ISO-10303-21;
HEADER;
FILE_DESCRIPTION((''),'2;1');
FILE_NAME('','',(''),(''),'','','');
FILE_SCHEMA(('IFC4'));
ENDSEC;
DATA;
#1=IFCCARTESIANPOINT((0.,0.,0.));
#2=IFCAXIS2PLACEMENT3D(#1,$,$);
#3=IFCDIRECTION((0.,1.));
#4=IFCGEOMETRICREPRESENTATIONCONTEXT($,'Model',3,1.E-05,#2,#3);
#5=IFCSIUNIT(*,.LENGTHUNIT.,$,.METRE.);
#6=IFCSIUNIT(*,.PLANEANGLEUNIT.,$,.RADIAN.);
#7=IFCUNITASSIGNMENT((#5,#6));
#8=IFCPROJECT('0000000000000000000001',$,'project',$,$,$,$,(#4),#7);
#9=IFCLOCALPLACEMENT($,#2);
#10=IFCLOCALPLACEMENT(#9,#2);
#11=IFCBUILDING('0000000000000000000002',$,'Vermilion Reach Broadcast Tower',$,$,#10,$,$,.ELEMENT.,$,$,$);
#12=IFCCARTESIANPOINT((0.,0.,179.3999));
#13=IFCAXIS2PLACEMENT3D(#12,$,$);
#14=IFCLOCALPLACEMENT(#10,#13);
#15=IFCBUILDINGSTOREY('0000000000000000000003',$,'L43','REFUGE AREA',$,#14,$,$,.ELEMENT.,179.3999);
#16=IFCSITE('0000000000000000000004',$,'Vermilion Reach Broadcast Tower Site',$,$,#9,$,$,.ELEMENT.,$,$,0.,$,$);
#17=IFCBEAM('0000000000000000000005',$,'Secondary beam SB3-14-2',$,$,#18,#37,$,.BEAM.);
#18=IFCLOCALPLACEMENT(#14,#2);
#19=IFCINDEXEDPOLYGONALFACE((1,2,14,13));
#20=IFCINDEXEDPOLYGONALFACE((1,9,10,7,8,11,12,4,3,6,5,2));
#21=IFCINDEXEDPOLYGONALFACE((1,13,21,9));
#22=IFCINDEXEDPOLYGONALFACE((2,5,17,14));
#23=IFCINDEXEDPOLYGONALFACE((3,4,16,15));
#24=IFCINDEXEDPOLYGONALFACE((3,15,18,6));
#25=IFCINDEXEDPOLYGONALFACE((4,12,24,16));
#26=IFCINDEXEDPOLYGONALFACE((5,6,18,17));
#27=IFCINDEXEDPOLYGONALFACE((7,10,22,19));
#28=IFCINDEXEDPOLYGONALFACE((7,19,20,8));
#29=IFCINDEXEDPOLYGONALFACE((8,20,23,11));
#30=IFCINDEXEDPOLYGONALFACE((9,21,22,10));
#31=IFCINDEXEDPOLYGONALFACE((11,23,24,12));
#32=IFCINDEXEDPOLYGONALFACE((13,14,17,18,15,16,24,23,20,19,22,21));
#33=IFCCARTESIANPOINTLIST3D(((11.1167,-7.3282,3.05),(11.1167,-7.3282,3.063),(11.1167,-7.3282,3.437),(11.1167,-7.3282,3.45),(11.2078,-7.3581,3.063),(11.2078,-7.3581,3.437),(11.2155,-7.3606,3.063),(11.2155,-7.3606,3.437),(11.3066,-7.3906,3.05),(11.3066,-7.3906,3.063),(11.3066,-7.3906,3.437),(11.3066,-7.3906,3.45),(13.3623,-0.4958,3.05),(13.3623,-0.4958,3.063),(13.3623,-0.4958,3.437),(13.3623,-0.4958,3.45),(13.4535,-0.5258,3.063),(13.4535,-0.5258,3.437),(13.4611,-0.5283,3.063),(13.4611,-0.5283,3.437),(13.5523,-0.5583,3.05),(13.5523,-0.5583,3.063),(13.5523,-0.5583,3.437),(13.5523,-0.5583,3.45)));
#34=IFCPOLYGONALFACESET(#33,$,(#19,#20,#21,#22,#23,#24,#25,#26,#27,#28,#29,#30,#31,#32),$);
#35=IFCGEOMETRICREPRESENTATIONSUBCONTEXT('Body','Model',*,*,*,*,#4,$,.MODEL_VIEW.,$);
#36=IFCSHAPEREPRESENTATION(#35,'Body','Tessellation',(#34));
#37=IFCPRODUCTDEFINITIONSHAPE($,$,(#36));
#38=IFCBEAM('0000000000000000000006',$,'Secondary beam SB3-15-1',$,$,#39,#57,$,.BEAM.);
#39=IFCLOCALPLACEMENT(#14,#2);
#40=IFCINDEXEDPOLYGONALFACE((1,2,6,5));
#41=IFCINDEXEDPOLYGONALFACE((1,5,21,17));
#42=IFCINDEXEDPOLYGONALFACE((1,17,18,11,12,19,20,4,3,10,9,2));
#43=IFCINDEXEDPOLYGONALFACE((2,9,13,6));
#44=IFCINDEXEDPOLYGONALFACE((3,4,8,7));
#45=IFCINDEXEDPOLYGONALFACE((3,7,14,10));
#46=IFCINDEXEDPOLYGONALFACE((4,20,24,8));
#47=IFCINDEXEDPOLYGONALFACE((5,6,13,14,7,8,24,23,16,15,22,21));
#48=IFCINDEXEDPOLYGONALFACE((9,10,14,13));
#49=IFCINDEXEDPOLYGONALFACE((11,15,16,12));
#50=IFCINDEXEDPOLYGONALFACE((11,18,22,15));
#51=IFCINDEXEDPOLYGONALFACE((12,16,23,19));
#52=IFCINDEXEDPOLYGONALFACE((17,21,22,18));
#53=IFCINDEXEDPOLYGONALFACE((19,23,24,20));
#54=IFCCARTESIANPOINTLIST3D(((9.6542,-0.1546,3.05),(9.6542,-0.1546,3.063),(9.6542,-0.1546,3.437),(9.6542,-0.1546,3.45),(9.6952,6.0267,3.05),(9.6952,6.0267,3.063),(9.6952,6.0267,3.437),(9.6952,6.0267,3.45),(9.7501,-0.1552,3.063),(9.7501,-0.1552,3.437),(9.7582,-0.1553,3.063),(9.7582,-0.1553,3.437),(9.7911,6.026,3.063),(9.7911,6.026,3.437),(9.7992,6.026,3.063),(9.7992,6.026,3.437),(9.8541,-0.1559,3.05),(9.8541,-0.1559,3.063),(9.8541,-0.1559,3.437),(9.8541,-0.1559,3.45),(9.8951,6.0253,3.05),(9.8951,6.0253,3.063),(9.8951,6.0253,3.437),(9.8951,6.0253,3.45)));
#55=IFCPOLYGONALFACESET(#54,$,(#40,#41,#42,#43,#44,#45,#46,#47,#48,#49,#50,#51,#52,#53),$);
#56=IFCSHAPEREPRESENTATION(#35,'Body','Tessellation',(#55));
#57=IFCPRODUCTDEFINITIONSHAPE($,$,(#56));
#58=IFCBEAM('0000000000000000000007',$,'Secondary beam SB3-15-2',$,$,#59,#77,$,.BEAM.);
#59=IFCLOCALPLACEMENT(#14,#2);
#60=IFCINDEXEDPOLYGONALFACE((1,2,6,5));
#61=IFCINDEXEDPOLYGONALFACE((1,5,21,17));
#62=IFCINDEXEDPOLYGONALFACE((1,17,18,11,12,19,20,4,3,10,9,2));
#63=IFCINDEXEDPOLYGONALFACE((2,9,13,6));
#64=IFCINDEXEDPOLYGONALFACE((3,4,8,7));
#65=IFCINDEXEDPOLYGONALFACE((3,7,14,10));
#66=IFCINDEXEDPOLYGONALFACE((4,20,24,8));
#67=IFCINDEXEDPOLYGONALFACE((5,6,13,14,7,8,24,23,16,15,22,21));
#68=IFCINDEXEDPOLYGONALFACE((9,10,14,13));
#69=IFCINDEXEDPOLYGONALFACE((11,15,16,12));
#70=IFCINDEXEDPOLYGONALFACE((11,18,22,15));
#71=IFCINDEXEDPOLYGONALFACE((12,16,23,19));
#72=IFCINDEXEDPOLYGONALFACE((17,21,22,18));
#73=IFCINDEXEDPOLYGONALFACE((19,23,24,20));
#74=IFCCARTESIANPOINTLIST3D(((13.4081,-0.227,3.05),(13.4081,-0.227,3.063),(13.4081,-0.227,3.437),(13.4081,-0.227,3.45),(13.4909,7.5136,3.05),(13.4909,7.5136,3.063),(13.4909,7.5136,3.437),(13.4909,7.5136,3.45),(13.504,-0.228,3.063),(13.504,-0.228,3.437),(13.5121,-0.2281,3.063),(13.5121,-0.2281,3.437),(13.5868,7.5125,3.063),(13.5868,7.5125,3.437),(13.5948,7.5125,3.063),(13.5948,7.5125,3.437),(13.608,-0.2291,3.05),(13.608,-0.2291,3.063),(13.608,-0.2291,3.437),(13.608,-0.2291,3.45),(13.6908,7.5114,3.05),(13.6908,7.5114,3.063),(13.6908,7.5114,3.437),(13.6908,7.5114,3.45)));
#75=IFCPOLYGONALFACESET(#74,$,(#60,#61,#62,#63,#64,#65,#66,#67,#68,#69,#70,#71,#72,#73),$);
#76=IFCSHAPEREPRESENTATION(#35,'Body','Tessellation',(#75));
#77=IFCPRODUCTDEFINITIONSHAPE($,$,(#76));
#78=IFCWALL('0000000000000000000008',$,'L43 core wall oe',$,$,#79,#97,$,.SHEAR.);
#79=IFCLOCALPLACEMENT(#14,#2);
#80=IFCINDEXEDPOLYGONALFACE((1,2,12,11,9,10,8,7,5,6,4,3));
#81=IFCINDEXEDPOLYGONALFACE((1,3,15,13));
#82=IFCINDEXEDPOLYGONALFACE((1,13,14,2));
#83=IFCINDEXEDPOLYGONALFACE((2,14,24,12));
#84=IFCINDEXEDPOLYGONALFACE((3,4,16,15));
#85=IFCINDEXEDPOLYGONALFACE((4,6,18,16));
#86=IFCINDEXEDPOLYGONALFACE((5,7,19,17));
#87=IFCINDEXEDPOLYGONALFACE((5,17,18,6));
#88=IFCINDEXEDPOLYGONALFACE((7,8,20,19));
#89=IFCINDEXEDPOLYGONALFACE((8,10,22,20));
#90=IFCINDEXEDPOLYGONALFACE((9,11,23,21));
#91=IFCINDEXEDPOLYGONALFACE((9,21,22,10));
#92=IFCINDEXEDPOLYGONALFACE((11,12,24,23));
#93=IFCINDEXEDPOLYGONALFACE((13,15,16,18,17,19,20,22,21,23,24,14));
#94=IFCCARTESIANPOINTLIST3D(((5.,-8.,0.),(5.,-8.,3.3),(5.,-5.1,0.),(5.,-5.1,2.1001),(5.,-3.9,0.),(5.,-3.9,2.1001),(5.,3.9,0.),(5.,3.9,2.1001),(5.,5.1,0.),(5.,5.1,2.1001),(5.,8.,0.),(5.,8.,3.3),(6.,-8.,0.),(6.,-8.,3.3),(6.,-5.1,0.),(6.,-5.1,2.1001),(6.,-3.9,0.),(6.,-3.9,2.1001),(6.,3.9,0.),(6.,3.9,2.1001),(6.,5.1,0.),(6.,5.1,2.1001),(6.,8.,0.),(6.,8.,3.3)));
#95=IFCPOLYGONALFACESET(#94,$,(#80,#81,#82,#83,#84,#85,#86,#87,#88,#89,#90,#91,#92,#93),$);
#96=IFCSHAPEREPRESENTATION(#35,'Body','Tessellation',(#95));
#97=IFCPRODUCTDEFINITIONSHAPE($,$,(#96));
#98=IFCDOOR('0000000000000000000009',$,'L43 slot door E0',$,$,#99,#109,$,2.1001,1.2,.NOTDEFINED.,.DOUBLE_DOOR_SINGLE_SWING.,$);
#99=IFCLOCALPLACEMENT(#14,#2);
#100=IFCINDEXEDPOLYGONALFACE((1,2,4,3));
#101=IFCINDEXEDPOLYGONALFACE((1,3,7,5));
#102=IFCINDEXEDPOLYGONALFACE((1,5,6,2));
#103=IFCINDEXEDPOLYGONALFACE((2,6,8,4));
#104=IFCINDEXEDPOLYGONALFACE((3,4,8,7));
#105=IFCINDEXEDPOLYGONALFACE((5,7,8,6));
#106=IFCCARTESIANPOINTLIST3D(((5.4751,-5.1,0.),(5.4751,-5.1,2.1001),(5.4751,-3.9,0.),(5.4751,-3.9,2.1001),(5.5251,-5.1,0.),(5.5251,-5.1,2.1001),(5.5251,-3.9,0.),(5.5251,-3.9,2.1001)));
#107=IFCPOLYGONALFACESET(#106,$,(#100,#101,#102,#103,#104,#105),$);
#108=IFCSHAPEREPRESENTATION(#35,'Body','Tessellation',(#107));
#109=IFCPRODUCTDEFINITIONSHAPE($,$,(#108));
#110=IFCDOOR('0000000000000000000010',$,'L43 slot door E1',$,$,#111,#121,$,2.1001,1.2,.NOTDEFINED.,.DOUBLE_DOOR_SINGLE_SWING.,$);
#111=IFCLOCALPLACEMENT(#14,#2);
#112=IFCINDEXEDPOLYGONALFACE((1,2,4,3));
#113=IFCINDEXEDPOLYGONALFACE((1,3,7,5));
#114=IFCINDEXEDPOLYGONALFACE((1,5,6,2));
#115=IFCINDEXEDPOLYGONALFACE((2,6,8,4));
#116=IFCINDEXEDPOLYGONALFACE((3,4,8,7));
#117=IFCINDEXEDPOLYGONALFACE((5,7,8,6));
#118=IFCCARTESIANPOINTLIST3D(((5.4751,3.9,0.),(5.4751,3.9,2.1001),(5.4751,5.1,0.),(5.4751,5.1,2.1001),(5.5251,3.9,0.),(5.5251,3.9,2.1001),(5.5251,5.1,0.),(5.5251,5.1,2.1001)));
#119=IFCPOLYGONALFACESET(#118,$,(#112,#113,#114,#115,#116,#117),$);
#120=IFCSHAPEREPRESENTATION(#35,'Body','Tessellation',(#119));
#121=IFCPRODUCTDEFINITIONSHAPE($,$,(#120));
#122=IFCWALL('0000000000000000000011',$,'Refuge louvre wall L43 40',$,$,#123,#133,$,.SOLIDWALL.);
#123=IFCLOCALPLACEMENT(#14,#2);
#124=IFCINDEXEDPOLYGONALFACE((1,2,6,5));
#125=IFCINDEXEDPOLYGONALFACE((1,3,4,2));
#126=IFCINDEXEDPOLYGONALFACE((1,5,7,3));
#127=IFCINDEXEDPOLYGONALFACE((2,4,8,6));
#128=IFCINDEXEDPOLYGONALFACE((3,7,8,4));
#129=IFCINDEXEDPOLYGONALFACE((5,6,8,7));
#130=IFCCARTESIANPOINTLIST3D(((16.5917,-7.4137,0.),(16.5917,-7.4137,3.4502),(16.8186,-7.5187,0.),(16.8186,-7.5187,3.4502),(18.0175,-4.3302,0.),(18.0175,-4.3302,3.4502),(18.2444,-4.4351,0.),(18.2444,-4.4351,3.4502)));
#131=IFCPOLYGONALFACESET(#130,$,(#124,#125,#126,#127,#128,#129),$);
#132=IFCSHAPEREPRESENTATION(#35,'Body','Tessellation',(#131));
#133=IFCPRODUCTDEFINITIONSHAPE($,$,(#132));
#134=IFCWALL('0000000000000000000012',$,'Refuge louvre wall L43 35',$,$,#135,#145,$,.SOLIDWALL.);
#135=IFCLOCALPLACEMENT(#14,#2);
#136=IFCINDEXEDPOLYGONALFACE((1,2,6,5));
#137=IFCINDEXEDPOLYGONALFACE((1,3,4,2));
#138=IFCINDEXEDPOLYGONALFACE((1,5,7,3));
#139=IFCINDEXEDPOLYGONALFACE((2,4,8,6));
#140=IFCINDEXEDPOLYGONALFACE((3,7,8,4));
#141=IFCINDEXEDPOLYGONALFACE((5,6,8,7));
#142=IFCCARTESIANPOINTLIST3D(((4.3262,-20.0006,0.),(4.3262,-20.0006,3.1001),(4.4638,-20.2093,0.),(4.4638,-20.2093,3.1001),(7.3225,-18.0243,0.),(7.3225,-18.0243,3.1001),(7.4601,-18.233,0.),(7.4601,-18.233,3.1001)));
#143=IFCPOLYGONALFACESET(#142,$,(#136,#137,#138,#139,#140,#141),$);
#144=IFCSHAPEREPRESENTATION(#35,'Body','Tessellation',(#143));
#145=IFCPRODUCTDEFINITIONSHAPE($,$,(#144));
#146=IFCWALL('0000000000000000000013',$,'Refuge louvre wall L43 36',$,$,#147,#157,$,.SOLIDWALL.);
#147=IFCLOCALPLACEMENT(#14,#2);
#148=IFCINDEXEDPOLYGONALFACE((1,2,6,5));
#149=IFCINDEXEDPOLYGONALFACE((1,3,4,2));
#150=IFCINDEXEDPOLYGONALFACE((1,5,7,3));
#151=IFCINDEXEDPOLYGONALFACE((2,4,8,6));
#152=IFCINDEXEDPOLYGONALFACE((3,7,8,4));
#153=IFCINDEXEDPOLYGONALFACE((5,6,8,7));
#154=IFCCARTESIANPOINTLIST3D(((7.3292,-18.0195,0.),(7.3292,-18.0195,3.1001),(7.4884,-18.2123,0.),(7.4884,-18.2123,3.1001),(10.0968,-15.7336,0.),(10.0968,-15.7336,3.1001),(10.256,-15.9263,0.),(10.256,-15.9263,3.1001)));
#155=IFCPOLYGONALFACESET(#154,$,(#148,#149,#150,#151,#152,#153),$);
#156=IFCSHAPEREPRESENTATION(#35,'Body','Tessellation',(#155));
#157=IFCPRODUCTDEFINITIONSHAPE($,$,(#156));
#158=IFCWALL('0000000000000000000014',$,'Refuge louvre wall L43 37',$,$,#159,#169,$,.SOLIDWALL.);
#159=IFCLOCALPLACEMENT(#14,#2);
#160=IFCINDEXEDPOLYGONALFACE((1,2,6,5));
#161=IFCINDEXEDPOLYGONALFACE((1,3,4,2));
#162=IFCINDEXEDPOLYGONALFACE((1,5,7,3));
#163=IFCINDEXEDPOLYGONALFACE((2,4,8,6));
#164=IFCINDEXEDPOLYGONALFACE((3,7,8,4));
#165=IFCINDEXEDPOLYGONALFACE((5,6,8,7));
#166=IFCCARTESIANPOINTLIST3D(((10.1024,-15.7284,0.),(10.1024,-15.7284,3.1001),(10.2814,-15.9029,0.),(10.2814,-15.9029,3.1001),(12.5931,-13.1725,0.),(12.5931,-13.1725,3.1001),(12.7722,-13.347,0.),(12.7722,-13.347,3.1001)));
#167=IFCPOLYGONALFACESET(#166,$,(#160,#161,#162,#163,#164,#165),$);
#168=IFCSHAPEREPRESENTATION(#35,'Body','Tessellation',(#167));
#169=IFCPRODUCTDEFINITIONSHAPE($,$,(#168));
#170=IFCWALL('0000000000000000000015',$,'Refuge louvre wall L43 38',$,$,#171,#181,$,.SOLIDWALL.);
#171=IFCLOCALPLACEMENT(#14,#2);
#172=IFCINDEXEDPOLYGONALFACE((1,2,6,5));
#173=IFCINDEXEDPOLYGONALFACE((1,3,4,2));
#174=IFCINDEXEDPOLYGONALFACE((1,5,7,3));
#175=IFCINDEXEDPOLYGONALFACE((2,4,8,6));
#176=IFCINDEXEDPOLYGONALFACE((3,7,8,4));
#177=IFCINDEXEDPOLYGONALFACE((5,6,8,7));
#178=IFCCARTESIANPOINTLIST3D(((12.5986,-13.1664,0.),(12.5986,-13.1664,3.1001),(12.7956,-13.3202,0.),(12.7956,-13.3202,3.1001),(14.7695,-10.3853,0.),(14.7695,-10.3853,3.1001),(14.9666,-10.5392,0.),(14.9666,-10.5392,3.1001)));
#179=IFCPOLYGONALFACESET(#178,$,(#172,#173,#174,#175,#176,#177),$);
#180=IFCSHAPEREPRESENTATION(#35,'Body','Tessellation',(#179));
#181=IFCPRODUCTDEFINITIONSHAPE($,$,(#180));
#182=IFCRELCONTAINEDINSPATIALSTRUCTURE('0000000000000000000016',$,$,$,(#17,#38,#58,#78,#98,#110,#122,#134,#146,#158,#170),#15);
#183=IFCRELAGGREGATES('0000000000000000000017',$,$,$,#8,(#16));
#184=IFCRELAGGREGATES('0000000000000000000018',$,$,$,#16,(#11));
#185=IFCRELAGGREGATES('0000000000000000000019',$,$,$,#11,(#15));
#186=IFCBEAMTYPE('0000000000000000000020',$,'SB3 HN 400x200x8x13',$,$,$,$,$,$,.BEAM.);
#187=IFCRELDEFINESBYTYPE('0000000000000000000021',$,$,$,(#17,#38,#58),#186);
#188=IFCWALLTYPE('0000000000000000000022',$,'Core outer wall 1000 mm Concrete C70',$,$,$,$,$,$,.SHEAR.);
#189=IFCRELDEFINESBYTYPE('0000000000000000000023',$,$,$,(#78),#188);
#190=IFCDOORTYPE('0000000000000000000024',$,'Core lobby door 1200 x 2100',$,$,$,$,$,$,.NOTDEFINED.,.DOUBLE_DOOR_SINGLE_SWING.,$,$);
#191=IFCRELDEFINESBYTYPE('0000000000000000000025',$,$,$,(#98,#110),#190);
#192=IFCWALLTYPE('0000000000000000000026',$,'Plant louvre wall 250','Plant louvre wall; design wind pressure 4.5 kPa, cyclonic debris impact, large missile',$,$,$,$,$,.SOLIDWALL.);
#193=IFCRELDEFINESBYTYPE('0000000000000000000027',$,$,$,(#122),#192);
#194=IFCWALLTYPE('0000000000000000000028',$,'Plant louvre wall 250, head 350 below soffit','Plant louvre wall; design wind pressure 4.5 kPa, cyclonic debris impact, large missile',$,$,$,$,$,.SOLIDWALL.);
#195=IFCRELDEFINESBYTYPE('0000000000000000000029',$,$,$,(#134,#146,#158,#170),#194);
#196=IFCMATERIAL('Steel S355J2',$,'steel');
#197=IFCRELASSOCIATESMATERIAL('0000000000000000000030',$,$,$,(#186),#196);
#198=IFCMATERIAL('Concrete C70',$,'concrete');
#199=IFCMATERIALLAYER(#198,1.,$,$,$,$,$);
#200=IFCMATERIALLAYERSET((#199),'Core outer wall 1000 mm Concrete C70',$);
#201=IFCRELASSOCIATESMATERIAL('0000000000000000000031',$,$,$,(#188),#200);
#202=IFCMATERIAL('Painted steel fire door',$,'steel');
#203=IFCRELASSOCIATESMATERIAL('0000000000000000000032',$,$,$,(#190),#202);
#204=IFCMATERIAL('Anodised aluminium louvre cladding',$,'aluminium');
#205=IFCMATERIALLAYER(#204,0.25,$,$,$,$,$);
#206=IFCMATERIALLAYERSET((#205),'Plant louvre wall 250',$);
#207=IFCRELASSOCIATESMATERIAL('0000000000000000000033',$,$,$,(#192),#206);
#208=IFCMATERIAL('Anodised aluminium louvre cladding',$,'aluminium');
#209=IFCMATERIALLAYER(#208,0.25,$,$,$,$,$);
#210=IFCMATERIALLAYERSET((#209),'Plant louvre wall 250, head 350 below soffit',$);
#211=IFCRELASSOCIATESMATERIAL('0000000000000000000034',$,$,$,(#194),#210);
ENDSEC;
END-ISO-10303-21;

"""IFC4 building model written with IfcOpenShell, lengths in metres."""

from ifc_helpers import new_model, si_unit, direction, frame, frame_2d, origin, origin_2d, place, context, subcontext, project, spatial, rectangle, i_section, extrude, material, layer, layer_set, material_profile, profile_set, type_object, element, fill, save


model = new_model("IFC4")

# Units and contexts
model_context = context("Model", 3, precision=1e-05, world=origin(), true_north=direction((0.0, 1.0)))
body_context = subcontext(model_context, "Body", "Model", "MODEL_VIEW")
ifc_project = project(units=[si_unit("LENGTHUNIT", "METRE"), si_unit("PLANEANGLEUNIT", "RADIAN")], contexts=[model_context])

# Site, building, storey
site_placement = place(None, origin())
site = spatial("IfcSite", under=ifc_project, at=site_placement, Name="Vermilion Reach Broadcast Tower Site", CompositionType="ELEMENT", RefElevation=0.0)
building_placement = place(site_placement, origin())
building = spatial("IfcBuilding", under=site, at=building_placement, Name="Vermilion Reach Broadcast Tower", CompositionType="ELEMENT")
storey_placement = place(building_placement, frame((0.0, 0.0, 179.3999)))
storey = spatial("IfcBuildingStorey", under=building, at=storey_placement, Name="L43", Description="REFUGE AREA", CompositionType="ELEMENT", Elevation=179.3999)

# Beams
ifc_material_1 = material(Name="Steel S355J2", Category="steel")
ifc_material_profile_1 = material_profile(ifc_material_1, i_section(OverallWidth=0.2, OverallDepth=0.3999, WebThickness=0.0081, FlangeThickness=0.0129, at=origin_2d()), Name="S355J2 HN 400x200x8x13")
ifc_profile_set_1 = profile_set([ifc_material_profile_1], Name="Steel S355J2")
beam_type_1 = type_object("IfcBeamType", Name="SB3 HN 400x200x8x13", PredefinedType="BEAM", material=ifc_profile_set_1)
beam_1_placement = place(storey_placement, frame((11.2117, -7.3594, 3.25), z_axis=(0.312243, 0.950002, 0.0), x_axis=(-0.950002, 0.312243, 0.0)))
element("IfcBeam", 1, at=beam_1_placement, inside=storey, type_object=beam_type_1, Name="Secondary beam SB3-14-2", PredefinedType="BEAM", context=body_context, shape_type="SweptSolid", body=[
    extrude(i_section(OverallWidth=0.2, OverallDepth=0.3999, WebThickness=0.0081, FlangeThickness=0.0129, at=origin_2d()), origin(), (0.0, 0.0, 1.0), 7.1919),
])
beam_2_placement = place(storey_placement, frame((9.7542, -0.1553, 3.25), z_axis=(0.006635, 0.999978, 0.0), x_axis=(-0.999978, 0.006635, 0.0)))
element("IfcBeam", 2, at=beam_2_placement, inside=storey, type_object=beam_type_1, Name="Secondary beam SB3-15-1", PredefinedType="BEAM", context=body_context, shape_type="SweptSolid", body=[
    extrude(i_section(OverallWidth=0.2, OverallDepth=0.3999, WebThickness=0.0081, FlangeThickness=0.0129, at=origin_2d()), origin(), (0.0, 0.0, 1.0), 6.1814),
])
beam_3_placement = place(storey_placement, frame((13.5081, -0.228, 3.25), z_axis=(0.010692, 0.999943, 0.0), x_axis=(-0.999943, 0.010692, 0.0)))
element("IfcBeam", 3, at=beam_3_placement, inside=storey, type_object=beam_type_1, Name="Secondary beam SB3-15-2", PredefinedType="BEAM", context=body_context, shape_type="SweptSolid", body=[
    extrude(i_section(OverallWidth=0.2, OverallDepth=0.3999, WebThickness=0.0081, FlangeThickness=0.0129, at=origin_2d()), origin(), (0.0, 0.0, 1.0), 7.741),
])

# Wall, openings, doors
ifc_material_2 = material(Name="Concrete C70", Category="concrete")
ifc_layer_1 = layer(ifc_material_2, 1.0)
ifc_layer_set_1 = layer_set([ifc_layer_1], Name="Core outer wall 1000 mm Concrete C70")
wall_type_1 = type_object("IfcWallType", Name="Core outer wall 1000 mm Concrete C70", PredefinedType="SHEAR", material=ifc_layer_set_1)
wall_1_placement = place(storey_placement, frame((5.5, -8.0, 0.0), z_axis=(0.0, 0.0, 1.0), x_axis=(0.0, 1.0, 0.0)))
wall_1 = element("IfcWall", 4, at=wall_1_placement, inside=storey, type_object=wall_type_1, Name="L43 core wall oe", PredefinedType="SHEAR", context=body_context, shape_type="SweptSolid", body=[
    extrude(rectangle(XDim=16.0, YDim=1.0, at=frame_2d((8.0, 0.0))), origin(), (0.0, 0.0, 1.0), 3.3),
])
opening_1_placement = place(wall_1_placement, frame((2.8999, 0.0, 0.0)))
opening_1 = element("IfcOpeningElement", 5, at=opening_1_placement, cuts=wall_1, PredefinedType="OPENING", context=body_context, shape_type="SweptSolid", body=[
    extrude(rectangle(XDim=1.2, YDim=2.1001, at=frame_2d((0.6001, 1.05))), frame((0.0, 0.51, 0.0), z_axis=(0.0, -1.0, 0.0), x_axis=(1.0, 0.0, 0.0)), (0.0, 0.0, 1.0), 1.02),
])
opening_2_placement = place(wall_1_placement, frame((11.8999, 0.0, 0.0)))
opening_2 = element("IfcOpeningElement", 6, at=opening_2_placement, cuts=wall_1, PredefinedType="OPENING", context=body_context, shape_type="SweptSolid", body=[
    extrude(rectangle(XDim=1.2, YDim=2.1001, at=frame_2d((0.6001, 1.05))), frame((0.0, 0.51, 0.0), z_axis=(0.0, -1.0, 0.0), x_axis=(1.0, 0.0, 0.0)), (0.0, 0.0, 1.0), 1.02),
])
ifc_material_3 = material(Name="Painted steel fire door", Category="steel")
door_type = type_object("IfcDoorType", Name="Core lobby door 1200 x 2100", OperationType="DOUBLE_DOOR_SINGLE_SWING", PredefinedType="NOTDEFINED", material=ifc_material_3)
door_1_placement = place(opening_1_placement, origin())
door_1 = element("IfcDoor", 7, at=door_1_placement, inside=storey, type_object=door_type, Name="L43 slot door E0", OperationType="DOUBLE_DOOR_SINGLE_SWING", OverallHeight=2.1001, OverallWidth=1.2, PredefinedType="NOTDEFINED", context=body_context, shape_type="SweptSolid", body=[
    extrude(rectangle(XDim=1.2, YDim=2.1001, at=frame_2d((0.6001, 1.05))), frame((0.0, 0.0249, 0.0), z_axis=(0.0, -1.0, 0.0), x_axis=(1.0, 0.0, 0.0)), (0.0, 0.0, 1.0), 0.05),
])
fill(opening_1, door_1)
door_2_placement = place(opening_2_placement, origin())
door_2 = element("IfcDoor", 8, at=door_2_placement, inside=storey, type_object=door_type, Name="L43 slot door E1", OperationType="DOUBLE_DOOR_SINGLE_SWING", OverallHeight=2.1001, OverallWidth=1.2, PredefinedType="NOTDEFINED", context=body_context, shape_type="SweptSolid", body=[
    extrude(rectangle(XDim=1.2, YDim=2.1001, at=frame_2d((0.6001, 1.05))), frame((0.0, 0.0249, 0.0), z_axis=(0.0, -1.0, 0.0), x_axis=(1.0, 0.0, 0.0)), (0.0, 0.0, 1.0), 0.05),
])
fill(opening_2, door_2)

# Walls
ifc_material_4 = material(Name="Anodised aluminium louvre cladding", Category="aluminium")
ifc_layer_2 = layer(ifc_material_4, 0.25)
ifc_layer_set_2 = layer_set([ifc_layer_2], Name="Plant louvre wall 250")
wall_type_2 = type_object("IfcWallType", Name="Plant louvre wall 250", Description="Plant louvre wall; design wind pressure 4.5 kPa, cyclonic debris impact, large missile", PredefinedType="SOLIDWALL", material=ifc_layer_set_2)
wall_2_placement = place(storey_placement, frame((16.7051, -7.4663, 0.0), z_axis=(0.0, 0.0, 1.0), x_axis=(0.419696, 0.907665, 0.0)))
element("IfcWall", 9, at=wall_2_placement, inside=storey, type_object=wall_type_2, Name="Refuge louvre wall L43 40", PredefinedType="SOLIDWALL", context=body_context, shape_type="SweptSolid", body=[
    extrude(rectangle(XDim=3.3972, YDim=0.25, at=frame_2d((1.6987, 0.0))), origin(), (0.0, 0.0, 1.0), 3.4502),
])
ifc_material_5 = material(Name="Anodised aluminium louvre cladding", Category="aluminium")
ifc_layer_3 = layer(ifc_material_5, 0.25)
ifc_layer_set_3 = layer_set([ifc_layer_3], Name="Plant louvre wall 250, head 350 below soffit")
wall_type_3 = type_object("IfcWallType", Name="Plant louvre wall 250, head 350 below soffit", Description="Plant louvre wall; design wind pressure 4.5 kPa, cyclonic debris impact, large missile", PredefinedType="SOLIDWALL", material=ifc_layer_set_3)
wall_3_placement = place(storey_placement, frame((4.395, -20.105, 0.0), z_axis=(0.0, 0.0, 1.0), x_axis=(0.834771, 0.550597, 0.0)))
element("IfcWall", 10, at=wall_3_placement, inside=storey, type_object=wall_type_3, Name="Refuge louvre wall L43 35", PredefinedType="SOLIDWALL", context=body_context, shape_type="SweptSolid", body=[
    extrude(rectangle(XDim=3.5894, YDim=0.25, at=frame_2d((1.7947, 0.0))), origin(), (0.0, 0.0, 1.0), 3.1001),
])
wall_4_placement = place(storey_placement, frame((7.4087, -18.116, 0.0), z_axis=(0.0, 0.0, 1.0), x_axis=(0.771013, 0.63682, 0.0)))
element("IfcWall", 11, at=wall_4_placement, inside=storey, type_object=wall_type_3, Name="Refuge louvre wall L43 36", PredefinedType="SOLIDWALL", context=body_context, shape_type="SweptSolid", body=[
    extrude(rectangle(XDim=3.5896, YDim=0.25, at=frame_2d((1.7949, 0.0))), origin(), (0.0, 0.0, 1.0), 3.1001),
])
wall_5_placement = place(storey_placement, frame((10.1919, -15.8157, 0.0), z_axis=(0.0, 0.0, 1.0), x_axis=(0.697915, 0.71618, 0.0)))
element("IfcWall", 12, at=wall_5_placement, inside=storey, type_object=wall_type_3, Name="Refuge louvre wall L43 37", PredefinedType="SOLIDWALL", context=body_context, shape_type="SweptSolid", body=[
    extrude(rectangle(XDim=3.5688, YDim=0.25, at=frame_2d((1.7844, 0.0))), origin(), (0.0, 0.0, 1.0), 3.1001),
])
wall_6_placement = place(storey_placement, frame((12.697, -13.2434, 0.0), z_axis=(0.0, 0.0, 1.0), x_axis=(0.615334, 0.788267, 0.0)))
element("IfcWall", 13, at=wall_6_placement, inside=storey, type_object=wall_type_3, Name="Refuge louvre wall L43 38", PredefinedType="SOLIDWALL", context=body_context, shape_type="SweptSolid", body=[
    extrude(rectangle(XDim=3.5281, YDim=0.25, at=frame_2d((1.7642, 0.0))), origin(), (0.0, 0.0, 1.0), 3.1001),
])

save(model, "model.ifc")
